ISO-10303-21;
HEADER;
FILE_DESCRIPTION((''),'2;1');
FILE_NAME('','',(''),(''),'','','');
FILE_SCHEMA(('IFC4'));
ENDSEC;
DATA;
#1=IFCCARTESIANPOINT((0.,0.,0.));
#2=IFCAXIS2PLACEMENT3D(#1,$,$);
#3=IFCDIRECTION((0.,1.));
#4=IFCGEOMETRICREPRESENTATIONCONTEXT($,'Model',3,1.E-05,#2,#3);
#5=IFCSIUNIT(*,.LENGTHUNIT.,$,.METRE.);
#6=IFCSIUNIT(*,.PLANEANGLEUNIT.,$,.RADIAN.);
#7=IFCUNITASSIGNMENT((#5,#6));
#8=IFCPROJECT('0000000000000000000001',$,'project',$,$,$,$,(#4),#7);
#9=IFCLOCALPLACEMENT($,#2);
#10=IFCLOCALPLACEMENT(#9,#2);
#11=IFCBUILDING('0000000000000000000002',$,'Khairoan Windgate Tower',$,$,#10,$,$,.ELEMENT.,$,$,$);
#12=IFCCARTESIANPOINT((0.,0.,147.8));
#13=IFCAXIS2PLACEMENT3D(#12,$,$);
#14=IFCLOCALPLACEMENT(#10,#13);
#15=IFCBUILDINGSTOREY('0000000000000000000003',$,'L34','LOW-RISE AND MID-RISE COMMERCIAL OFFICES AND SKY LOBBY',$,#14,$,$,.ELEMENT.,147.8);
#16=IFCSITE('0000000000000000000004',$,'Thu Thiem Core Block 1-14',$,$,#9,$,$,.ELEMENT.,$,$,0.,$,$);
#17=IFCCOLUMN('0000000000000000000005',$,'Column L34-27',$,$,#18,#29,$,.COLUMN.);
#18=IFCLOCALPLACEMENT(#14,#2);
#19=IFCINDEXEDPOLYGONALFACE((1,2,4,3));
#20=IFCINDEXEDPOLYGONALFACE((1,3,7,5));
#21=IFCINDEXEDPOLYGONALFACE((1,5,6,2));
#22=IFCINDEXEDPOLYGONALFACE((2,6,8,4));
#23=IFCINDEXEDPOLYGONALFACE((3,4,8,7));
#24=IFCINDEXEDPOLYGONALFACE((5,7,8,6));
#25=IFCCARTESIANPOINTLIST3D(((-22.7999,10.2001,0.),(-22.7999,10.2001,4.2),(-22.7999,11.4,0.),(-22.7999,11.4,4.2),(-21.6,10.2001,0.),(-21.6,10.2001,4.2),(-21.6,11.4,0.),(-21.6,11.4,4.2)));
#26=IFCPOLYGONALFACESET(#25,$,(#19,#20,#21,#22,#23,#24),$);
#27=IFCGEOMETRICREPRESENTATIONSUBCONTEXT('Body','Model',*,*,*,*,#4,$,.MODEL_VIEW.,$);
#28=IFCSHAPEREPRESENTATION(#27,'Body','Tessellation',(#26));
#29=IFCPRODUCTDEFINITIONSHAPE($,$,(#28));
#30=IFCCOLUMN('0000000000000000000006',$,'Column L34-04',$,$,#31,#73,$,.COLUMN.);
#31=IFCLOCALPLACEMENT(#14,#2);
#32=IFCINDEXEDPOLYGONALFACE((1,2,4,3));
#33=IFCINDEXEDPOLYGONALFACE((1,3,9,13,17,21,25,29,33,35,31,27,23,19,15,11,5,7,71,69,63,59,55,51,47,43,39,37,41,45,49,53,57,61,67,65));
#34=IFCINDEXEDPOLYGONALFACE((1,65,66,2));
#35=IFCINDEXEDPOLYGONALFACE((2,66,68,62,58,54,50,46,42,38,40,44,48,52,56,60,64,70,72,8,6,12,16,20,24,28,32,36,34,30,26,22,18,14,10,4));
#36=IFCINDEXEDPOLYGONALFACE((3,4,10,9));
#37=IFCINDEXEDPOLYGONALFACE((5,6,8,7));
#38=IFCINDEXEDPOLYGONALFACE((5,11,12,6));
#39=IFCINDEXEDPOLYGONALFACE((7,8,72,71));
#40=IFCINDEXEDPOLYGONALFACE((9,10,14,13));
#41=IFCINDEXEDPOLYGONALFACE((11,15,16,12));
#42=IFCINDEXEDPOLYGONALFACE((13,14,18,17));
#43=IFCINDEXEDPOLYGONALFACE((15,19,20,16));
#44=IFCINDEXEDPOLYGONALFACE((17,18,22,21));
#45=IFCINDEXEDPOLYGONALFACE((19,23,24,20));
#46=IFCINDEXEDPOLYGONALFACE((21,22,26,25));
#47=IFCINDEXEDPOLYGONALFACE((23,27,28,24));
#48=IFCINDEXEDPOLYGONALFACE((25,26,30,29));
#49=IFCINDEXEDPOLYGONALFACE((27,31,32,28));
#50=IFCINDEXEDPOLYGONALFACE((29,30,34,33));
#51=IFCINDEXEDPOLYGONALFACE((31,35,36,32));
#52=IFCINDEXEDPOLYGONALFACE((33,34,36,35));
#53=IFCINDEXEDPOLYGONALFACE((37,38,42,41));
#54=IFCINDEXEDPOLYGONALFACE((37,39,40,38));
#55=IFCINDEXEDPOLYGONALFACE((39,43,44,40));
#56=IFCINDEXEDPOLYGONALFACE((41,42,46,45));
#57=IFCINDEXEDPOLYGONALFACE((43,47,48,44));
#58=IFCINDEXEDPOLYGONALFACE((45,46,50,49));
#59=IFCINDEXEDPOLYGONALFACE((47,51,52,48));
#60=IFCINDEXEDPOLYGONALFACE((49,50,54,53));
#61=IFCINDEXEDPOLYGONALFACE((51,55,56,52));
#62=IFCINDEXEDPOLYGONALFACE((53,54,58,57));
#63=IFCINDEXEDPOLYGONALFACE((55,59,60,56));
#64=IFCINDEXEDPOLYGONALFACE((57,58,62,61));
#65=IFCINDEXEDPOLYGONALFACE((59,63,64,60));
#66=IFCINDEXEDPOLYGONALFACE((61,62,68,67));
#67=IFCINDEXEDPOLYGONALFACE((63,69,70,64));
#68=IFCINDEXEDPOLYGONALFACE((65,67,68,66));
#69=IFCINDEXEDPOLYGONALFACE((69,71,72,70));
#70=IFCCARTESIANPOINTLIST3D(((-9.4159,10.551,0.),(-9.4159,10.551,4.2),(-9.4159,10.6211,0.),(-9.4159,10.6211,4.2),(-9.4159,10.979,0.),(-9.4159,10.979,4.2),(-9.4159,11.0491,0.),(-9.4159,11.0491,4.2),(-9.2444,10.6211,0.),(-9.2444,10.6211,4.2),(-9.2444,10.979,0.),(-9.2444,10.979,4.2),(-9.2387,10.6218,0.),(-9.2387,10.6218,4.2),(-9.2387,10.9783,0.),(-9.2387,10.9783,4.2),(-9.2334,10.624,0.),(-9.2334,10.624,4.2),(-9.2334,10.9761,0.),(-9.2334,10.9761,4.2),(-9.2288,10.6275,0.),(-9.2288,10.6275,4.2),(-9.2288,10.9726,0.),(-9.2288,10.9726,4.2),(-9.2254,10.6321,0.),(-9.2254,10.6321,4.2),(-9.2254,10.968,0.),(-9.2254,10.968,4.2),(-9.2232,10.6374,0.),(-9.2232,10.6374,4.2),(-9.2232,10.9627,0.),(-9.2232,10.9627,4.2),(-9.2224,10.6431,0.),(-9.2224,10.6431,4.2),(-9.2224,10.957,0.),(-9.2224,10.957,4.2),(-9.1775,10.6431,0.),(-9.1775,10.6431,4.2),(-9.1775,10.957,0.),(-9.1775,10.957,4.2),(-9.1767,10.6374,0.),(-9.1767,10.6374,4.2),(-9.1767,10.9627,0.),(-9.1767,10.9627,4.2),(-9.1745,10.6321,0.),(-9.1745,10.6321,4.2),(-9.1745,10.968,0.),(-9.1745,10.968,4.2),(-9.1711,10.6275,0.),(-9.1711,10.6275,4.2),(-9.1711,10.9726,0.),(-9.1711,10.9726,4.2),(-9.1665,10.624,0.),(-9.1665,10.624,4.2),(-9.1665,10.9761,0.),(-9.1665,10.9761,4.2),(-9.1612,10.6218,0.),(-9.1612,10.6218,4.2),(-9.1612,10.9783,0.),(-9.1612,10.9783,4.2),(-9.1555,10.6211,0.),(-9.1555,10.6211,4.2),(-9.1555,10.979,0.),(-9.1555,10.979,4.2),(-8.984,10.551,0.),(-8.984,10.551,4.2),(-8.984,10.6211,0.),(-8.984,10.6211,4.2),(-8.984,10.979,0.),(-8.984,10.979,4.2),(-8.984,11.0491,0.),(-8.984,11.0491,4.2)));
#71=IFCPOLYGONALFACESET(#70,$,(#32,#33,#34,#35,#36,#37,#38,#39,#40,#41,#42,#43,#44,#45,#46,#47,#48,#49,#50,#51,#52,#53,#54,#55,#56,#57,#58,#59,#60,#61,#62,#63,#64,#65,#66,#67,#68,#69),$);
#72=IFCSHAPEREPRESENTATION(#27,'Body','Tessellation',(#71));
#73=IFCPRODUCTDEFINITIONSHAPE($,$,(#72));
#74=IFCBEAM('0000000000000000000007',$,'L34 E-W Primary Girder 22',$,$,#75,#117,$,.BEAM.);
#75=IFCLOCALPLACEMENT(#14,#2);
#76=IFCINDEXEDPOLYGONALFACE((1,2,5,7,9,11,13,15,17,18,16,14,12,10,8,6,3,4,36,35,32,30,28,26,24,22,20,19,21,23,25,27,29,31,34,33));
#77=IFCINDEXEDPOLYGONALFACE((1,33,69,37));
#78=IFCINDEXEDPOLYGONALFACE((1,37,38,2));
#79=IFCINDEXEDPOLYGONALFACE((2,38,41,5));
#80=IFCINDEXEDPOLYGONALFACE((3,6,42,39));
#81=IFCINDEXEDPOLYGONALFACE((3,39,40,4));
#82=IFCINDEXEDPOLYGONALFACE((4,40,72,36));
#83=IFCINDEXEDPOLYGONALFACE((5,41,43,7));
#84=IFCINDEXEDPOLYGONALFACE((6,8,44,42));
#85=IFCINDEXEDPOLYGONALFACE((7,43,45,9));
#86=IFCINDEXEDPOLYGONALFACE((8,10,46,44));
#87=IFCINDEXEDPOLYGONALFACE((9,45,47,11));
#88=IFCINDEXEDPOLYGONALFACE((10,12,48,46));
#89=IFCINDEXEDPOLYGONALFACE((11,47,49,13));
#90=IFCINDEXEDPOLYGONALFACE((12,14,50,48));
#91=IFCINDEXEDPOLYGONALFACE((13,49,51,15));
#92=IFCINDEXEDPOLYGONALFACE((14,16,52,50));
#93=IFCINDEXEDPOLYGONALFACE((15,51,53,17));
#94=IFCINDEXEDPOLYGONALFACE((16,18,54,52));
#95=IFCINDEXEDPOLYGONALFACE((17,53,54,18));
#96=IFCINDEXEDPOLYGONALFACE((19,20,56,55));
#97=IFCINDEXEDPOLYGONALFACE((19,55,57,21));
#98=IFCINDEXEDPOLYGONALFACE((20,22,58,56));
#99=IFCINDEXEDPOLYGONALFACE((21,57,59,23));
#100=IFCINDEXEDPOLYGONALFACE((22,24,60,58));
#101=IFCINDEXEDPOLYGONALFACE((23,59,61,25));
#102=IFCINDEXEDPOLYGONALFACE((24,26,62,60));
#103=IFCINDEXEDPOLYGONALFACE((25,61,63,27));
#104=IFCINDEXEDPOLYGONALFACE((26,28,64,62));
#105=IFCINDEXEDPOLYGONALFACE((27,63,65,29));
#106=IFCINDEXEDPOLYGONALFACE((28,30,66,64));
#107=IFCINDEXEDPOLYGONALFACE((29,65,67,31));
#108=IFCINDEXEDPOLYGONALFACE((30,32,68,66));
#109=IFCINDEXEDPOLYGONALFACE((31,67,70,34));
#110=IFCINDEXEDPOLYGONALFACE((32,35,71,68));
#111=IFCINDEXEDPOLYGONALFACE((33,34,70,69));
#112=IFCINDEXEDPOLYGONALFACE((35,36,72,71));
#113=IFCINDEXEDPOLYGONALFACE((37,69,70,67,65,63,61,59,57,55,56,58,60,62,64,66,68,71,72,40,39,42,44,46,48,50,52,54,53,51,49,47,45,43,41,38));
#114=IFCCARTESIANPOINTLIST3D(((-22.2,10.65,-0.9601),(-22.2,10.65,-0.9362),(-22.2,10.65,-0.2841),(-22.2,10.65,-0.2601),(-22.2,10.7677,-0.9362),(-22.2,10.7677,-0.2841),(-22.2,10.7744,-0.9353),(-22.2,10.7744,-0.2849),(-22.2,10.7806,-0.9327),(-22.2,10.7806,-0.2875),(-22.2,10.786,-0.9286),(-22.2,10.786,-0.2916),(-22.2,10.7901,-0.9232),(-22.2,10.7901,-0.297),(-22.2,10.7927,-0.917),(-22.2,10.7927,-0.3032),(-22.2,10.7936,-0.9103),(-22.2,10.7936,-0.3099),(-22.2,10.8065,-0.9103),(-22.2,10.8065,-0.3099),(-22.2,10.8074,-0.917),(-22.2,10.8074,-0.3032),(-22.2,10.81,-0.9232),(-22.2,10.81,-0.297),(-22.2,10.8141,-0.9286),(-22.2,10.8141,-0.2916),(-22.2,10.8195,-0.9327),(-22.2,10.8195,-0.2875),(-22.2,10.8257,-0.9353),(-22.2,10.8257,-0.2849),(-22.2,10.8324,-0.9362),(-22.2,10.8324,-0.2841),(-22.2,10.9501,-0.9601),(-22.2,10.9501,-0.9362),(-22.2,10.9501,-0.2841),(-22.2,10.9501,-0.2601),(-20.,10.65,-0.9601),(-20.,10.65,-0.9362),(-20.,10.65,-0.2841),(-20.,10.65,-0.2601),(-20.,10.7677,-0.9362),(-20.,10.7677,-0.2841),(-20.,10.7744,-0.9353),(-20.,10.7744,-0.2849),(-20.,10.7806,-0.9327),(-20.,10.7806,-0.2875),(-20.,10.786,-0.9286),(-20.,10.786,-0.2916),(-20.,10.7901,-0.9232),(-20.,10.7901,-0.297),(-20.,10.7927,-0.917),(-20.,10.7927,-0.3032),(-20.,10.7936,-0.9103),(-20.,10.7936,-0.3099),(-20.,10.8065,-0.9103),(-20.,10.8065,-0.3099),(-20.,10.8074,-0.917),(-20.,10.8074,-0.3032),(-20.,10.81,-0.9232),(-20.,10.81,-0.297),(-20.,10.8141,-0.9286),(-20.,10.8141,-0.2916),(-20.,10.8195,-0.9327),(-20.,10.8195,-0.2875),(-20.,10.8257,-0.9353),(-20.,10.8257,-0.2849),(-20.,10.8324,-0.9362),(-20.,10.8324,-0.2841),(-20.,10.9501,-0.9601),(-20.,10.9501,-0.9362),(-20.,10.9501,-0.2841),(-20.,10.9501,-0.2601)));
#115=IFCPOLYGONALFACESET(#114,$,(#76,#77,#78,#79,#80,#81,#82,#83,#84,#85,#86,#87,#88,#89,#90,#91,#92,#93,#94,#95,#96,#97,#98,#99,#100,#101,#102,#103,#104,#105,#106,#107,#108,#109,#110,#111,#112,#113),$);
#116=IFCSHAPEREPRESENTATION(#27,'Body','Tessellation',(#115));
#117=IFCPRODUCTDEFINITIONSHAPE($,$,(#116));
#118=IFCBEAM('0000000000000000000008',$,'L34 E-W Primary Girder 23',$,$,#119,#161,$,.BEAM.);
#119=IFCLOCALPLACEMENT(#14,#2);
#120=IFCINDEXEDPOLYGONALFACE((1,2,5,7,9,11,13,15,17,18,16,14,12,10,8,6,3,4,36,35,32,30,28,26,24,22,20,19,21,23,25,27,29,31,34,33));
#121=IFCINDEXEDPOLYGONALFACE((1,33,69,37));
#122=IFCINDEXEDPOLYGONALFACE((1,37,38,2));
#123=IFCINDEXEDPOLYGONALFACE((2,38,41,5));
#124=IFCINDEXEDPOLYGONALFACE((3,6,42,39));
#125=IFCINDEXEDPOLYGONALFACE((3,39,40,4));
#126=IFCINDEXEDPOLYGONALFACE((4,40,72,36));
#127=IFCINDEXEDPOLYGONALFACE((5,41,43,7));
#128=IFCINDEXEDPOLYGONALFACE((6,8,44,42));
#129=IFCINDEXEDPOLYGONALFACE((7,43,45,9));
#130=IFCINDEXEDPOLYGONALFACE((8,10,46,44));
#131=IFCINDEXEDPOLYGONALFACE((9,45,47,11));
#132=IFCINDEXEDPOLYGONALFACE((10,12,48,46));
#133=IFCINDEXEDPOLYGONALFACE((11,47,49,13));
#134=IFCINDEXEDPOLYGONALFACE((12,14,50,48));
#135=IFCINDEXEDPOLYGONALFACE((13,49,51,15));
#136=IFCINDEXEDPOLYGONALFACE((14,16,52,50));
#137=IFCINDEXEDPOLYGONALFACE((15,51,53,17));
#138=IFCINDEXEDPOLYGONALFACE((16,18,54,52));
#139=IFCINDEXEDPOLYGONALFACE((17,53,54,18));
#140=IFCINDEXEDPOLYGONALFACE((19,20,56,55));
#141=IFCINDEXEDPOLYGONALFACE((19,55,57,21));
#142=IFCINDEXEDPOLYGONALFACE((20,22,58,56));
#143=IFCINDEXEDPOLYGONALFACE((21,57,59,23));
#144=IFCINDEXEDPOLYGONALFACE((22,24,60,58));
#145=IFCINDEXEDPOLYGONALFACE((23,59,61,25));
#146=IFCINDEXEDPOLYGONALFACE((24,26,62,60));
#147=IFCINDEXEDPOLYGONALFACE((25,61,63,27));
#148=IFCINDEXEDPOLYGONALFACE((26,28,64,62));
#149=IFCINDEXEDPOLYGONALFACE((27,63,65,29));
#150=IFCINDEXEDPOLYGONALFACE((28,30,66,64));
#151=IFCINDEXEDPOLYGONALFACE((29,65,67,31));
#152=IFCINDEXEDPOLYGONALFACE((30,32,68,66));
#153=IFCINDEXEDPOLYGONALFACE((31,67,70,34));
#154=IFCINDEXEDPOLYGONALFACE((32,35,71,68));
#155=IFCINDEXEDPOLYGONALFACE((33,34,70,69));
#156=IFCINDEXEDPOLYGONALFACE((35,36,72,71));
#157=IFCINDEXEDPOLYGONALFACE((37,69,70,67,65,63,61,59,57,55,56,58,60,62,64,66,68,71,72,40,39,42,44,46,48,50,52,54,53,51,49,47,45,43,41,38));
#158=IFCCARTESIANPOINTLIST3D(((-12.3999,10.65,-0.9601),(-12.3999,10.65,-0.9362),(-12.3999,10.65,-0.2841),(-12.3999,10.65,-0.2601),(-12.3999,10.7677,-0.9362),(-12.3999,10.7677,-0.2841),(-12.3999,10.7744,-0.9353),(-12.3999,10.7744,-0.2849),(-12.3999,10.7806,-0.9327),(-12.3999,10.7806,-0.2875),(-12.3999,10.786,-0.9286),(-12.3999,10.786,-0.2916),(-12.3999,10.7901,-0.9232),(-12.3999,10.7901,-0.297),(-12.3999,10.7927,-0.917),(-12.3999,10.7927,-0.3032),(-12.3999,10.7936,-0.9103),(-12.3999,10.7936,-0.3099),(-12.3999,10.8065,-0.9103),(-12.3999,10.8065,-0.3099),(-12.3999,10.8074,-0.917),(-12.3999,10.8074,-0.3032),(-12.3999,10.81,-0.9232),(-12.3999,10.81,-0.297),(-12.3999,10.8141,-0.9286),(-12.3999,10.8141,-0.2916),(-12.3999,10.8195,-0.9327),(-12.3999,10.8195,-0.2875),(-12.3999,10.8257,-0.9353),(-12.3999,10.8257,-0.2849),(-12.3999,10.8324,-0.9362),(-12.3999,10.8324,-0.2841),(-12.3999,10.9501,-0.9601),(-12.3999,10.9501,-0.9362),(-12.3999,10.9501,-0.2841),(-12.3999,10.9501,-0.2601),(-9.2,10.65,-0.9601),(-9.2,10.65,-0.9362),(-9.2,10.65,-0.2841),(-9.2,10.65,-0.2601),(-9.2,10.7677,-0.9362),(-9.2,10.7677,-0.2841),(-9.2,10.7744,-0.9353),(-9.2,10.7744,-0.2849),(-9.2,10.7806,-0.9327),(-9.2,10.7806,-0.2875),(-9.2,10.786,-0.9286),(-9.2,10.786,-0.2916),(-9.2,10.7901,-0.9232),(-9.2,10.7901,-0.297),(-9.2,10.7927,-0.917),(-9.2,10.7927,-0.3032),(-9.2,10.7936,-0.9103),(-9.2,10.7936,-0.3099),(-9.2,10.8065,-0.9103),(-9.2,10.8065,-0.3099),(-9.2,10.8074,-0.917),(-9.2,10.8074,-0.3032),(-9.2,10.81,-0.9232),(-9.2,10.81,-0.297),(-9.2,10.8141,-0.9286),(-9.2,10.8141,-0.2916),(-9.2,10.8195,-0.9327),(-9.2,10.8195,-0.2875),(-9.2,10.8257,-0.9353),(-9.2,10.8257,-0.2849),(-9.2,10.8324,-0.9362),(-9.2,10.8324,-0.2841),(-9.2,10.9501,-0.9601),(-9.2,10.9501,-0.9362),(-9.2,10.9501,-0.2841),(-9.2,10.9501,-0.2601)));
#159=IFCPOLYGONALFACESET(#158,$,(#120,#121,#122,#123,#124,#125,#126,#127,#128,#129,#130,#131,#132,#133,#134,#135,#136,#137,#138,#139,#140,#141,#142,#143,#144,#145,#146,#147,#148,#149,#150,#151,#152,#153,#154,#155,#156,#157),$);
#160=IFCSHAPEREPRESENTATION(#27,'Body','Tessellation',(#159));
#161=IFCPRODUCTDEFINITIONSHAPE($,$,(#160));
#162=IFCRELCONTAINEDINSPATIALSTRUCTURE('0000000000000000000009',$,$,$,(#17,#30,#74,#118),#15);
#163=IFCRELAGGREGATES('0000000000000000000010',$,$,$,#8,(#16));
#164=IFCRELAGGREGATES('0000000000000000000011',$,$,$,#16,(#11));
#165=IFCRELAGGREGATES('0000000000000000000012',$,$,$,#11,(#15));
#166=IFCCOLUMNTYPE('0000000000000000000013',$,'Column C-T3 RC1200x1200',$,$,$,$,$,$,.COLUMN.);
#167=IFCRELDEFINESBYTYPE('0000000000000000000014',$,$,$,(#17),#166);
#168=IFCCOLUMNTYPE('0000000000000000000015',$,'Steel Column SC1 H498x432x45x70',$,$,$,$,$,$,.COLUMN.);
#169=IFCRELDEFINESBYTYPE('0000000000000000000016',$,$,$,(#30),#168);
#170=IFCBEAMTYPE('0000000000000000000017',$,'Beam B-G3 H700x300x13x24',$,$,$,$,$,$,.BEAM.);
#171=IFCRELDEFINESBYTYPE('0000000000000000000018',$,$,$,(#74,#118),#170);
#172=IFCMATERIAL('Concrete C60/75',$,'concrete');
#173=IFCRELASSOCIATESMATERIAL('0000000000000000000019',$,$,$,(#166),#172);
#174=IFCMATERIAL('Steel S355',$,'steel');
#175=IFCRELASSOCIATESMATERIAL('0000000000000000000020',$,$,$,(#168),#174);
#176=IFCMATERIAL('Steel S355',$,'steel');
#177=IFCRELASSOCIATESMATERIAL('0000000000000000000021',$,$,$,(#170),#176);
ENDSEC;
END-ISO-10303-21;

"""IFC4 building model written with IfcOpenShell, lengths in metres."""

from ifc_helpers import new_model, si_unit, direction, frame, origin, origin_2d, place, context, subcontext, project, spatial, rectangle, i_section, extrude, material, material_profile, profile_set, type_object, element, save


model = new_model("IFC4")

# Units and contexts
model_context = context("Model", 3, precision=1e-05, world=origin(), true_north=direction((0.0, 1.0)))
body_context = subcontext(model_context, "Body", "Model", "MODEL_VIEW")
ifc_project = project(units=[si_unit("LENGTHUNIT", "METRE"), si_unit("PLANEANGLEUNIT", "RADIAN")], contexts=[model_context])

# Site, building, storey
site_placement = place(None, origin())
site = spatial("IfcSite", under=ifc_project, at=site_placement, Name="Thu Thiem Core Block 1-14", CompositionType="ELEMENT", RefElevation=0.0)
building_placement = place(site_placement, origin())
building = spatial("IfcBuilding", under=site, at=building_placement, Name="Khairoan Windgate Tower", CompositionType="ELEMENT")
storey_placement = place(building_placement, frame((0.0, 0.0, 147.8)))
storey = spatial("IfcBuildingStorey", under=building, at=storey_placement, Name="L34", Description="LOW-RISE AND MID-RISE COMMERCIAL OFFICES AND SKY LOBBY", CompositionType="ELEMENT", Elevation=147.8)

# Columns
ifc_material_1 = material(Name="Concrete C60/75", Category="concrete")
ifc_material_profile_1 = material_profile(ifc_material_1, rectangle(XDim=1.2, YDim=1.2, at=origin_2d()))
ifc_profile_set_1 = profile_set([ifc_material_profile_1], Name="Concrete C60/75")
column_type_1 = type_object("IfcColumnType", Name="Column C-T3 RC1200x1200", PredefinedType="COLUMN", material=ifc_profile_set_1)
column_1_placement = place(storey_placement, frame((-22.2, 10.8, 0.0), z_axis=(0.0, 0.0, 1.0), x_axis=(1.0, 0.0, 0.0)))
element("IfcColumn", 1, at=column_1_placement, inside=storey, type_object=column_type_1, Name="Column L34-27", PredefinedType="COLUMN", context=body_context, shape_type="SweptSolid", body=[
    extrude(rectangle(XDim=1.2, YDim=1.2, at=origin_2d()), origin(), (0.0, 0.0, 1.0), 4.2),
])
ifc_material_2 = material(Name="Steel S355", Category="steel")
ifc_material_profile_2 = material_profile(ifc_material_2, i_section(OverallWidth=0.4319, OverallDepth=0.498, WebThickness=0.0449, FlangeThickness=0.0701, FilletRadius=0.022, at=origin_2d()))
ifc_profile_set_2 = profile_set([ifc_material_profile_2], Name="Steel S355")
column_type_2 = type_object("IfcColumnType", Name="Steel Column SC1 H498x432x45x70", PredefinedType="COLUMN", material=ifc_profile_set_2)
column_2_placement = place(storey_placement, frame((-9.2, 10.8, 0.0), z_axis=(0.0, 0.0, 1.0), x_axis=(1.0, 0.0, 0.0)))
element("IfcColumn", 2, at=column_2_placement, inside=storey, type_object=column_type_2, Name="Column L34-04", PredefinedType="COLUMN", context=body_context, shape_type="SweptSolid", body=[
    extrude(i_section(OverallWidth=0.4319, OverallDepth=0.498, WebThickness=0.0449, FlangeThickness=0.0701, FilletRadius=0.022, at=origin_2d()), origin(), (0.0, 0.0, 1.0), 4.2),
])

# Beams
ifc_material_3 = material(Name="Steel S355", Category="steel")
ifc_material_profile_3 = material_profile(ifc_material_3, i_section(OverallWidth=0.3, OverallDepth=0.7, WebThickness=0.0129, FlangeThickness=0.0239, FilletRadius=0.0259, at=origin_2d()))
ifc_profile_set_3 = profile_set([ifc_material_profile_3], Name="Steel S355")
beam_type_1 = type_object("IfcBeamType", Name="Beam B-G3 H700x300x13x24", PredefinedType="BEAM", material=ifc_profile_set_3)
beam_1_placement = place(storey_placement, frame((-22.2, 10.8, -0.6101), z_axis=(1.0, 0.0, 0.0), x_axis=(0.0, 1.0, 0.0)))
element("IfcBeam", 3, at=beam_1_placement, inside=storey, type_object=beam_type_1, Name="L34 E-W Primary Girder 22", PredefinedType="BEAM", context=body_context, shape_type="SweptSolid", body=[
    extrude(i_section(OverallWidth=0.3, OverallDepth=0.7, WebThickness=0.0129, FlangeThickness=0.0239, FilletRadius=0.0259, at=origin_2d()), origin(), (0.0, 0.0, 1.0), 2.2),
])
beam_2_placement = place(storey_placement, frame((-12.3999, 10.8, -0.6101), z_axis=(1.0, 0.0, 0.0), x_axis=(0.0, 1.0, 0.0)))
element("IfcBeam", 4, at=beam_2_placement, inside=storey, type_object=beam_type_1, Name="L34 E-W Primary Girder 23", PredefinedType="BEAM", context=body_context, shape_type="SweptSolid", body=[
    extrude(i_section(OverallWidth=0.3, OverallDepth=0.7, WebThickness=0.0129, FlangeThickness=0.0239, FilletRadius=0.0259, at=origin_2d()), origin(), (0.0, 0.0, 1.0), 3.2),
])

save(model, "model.ifc")
